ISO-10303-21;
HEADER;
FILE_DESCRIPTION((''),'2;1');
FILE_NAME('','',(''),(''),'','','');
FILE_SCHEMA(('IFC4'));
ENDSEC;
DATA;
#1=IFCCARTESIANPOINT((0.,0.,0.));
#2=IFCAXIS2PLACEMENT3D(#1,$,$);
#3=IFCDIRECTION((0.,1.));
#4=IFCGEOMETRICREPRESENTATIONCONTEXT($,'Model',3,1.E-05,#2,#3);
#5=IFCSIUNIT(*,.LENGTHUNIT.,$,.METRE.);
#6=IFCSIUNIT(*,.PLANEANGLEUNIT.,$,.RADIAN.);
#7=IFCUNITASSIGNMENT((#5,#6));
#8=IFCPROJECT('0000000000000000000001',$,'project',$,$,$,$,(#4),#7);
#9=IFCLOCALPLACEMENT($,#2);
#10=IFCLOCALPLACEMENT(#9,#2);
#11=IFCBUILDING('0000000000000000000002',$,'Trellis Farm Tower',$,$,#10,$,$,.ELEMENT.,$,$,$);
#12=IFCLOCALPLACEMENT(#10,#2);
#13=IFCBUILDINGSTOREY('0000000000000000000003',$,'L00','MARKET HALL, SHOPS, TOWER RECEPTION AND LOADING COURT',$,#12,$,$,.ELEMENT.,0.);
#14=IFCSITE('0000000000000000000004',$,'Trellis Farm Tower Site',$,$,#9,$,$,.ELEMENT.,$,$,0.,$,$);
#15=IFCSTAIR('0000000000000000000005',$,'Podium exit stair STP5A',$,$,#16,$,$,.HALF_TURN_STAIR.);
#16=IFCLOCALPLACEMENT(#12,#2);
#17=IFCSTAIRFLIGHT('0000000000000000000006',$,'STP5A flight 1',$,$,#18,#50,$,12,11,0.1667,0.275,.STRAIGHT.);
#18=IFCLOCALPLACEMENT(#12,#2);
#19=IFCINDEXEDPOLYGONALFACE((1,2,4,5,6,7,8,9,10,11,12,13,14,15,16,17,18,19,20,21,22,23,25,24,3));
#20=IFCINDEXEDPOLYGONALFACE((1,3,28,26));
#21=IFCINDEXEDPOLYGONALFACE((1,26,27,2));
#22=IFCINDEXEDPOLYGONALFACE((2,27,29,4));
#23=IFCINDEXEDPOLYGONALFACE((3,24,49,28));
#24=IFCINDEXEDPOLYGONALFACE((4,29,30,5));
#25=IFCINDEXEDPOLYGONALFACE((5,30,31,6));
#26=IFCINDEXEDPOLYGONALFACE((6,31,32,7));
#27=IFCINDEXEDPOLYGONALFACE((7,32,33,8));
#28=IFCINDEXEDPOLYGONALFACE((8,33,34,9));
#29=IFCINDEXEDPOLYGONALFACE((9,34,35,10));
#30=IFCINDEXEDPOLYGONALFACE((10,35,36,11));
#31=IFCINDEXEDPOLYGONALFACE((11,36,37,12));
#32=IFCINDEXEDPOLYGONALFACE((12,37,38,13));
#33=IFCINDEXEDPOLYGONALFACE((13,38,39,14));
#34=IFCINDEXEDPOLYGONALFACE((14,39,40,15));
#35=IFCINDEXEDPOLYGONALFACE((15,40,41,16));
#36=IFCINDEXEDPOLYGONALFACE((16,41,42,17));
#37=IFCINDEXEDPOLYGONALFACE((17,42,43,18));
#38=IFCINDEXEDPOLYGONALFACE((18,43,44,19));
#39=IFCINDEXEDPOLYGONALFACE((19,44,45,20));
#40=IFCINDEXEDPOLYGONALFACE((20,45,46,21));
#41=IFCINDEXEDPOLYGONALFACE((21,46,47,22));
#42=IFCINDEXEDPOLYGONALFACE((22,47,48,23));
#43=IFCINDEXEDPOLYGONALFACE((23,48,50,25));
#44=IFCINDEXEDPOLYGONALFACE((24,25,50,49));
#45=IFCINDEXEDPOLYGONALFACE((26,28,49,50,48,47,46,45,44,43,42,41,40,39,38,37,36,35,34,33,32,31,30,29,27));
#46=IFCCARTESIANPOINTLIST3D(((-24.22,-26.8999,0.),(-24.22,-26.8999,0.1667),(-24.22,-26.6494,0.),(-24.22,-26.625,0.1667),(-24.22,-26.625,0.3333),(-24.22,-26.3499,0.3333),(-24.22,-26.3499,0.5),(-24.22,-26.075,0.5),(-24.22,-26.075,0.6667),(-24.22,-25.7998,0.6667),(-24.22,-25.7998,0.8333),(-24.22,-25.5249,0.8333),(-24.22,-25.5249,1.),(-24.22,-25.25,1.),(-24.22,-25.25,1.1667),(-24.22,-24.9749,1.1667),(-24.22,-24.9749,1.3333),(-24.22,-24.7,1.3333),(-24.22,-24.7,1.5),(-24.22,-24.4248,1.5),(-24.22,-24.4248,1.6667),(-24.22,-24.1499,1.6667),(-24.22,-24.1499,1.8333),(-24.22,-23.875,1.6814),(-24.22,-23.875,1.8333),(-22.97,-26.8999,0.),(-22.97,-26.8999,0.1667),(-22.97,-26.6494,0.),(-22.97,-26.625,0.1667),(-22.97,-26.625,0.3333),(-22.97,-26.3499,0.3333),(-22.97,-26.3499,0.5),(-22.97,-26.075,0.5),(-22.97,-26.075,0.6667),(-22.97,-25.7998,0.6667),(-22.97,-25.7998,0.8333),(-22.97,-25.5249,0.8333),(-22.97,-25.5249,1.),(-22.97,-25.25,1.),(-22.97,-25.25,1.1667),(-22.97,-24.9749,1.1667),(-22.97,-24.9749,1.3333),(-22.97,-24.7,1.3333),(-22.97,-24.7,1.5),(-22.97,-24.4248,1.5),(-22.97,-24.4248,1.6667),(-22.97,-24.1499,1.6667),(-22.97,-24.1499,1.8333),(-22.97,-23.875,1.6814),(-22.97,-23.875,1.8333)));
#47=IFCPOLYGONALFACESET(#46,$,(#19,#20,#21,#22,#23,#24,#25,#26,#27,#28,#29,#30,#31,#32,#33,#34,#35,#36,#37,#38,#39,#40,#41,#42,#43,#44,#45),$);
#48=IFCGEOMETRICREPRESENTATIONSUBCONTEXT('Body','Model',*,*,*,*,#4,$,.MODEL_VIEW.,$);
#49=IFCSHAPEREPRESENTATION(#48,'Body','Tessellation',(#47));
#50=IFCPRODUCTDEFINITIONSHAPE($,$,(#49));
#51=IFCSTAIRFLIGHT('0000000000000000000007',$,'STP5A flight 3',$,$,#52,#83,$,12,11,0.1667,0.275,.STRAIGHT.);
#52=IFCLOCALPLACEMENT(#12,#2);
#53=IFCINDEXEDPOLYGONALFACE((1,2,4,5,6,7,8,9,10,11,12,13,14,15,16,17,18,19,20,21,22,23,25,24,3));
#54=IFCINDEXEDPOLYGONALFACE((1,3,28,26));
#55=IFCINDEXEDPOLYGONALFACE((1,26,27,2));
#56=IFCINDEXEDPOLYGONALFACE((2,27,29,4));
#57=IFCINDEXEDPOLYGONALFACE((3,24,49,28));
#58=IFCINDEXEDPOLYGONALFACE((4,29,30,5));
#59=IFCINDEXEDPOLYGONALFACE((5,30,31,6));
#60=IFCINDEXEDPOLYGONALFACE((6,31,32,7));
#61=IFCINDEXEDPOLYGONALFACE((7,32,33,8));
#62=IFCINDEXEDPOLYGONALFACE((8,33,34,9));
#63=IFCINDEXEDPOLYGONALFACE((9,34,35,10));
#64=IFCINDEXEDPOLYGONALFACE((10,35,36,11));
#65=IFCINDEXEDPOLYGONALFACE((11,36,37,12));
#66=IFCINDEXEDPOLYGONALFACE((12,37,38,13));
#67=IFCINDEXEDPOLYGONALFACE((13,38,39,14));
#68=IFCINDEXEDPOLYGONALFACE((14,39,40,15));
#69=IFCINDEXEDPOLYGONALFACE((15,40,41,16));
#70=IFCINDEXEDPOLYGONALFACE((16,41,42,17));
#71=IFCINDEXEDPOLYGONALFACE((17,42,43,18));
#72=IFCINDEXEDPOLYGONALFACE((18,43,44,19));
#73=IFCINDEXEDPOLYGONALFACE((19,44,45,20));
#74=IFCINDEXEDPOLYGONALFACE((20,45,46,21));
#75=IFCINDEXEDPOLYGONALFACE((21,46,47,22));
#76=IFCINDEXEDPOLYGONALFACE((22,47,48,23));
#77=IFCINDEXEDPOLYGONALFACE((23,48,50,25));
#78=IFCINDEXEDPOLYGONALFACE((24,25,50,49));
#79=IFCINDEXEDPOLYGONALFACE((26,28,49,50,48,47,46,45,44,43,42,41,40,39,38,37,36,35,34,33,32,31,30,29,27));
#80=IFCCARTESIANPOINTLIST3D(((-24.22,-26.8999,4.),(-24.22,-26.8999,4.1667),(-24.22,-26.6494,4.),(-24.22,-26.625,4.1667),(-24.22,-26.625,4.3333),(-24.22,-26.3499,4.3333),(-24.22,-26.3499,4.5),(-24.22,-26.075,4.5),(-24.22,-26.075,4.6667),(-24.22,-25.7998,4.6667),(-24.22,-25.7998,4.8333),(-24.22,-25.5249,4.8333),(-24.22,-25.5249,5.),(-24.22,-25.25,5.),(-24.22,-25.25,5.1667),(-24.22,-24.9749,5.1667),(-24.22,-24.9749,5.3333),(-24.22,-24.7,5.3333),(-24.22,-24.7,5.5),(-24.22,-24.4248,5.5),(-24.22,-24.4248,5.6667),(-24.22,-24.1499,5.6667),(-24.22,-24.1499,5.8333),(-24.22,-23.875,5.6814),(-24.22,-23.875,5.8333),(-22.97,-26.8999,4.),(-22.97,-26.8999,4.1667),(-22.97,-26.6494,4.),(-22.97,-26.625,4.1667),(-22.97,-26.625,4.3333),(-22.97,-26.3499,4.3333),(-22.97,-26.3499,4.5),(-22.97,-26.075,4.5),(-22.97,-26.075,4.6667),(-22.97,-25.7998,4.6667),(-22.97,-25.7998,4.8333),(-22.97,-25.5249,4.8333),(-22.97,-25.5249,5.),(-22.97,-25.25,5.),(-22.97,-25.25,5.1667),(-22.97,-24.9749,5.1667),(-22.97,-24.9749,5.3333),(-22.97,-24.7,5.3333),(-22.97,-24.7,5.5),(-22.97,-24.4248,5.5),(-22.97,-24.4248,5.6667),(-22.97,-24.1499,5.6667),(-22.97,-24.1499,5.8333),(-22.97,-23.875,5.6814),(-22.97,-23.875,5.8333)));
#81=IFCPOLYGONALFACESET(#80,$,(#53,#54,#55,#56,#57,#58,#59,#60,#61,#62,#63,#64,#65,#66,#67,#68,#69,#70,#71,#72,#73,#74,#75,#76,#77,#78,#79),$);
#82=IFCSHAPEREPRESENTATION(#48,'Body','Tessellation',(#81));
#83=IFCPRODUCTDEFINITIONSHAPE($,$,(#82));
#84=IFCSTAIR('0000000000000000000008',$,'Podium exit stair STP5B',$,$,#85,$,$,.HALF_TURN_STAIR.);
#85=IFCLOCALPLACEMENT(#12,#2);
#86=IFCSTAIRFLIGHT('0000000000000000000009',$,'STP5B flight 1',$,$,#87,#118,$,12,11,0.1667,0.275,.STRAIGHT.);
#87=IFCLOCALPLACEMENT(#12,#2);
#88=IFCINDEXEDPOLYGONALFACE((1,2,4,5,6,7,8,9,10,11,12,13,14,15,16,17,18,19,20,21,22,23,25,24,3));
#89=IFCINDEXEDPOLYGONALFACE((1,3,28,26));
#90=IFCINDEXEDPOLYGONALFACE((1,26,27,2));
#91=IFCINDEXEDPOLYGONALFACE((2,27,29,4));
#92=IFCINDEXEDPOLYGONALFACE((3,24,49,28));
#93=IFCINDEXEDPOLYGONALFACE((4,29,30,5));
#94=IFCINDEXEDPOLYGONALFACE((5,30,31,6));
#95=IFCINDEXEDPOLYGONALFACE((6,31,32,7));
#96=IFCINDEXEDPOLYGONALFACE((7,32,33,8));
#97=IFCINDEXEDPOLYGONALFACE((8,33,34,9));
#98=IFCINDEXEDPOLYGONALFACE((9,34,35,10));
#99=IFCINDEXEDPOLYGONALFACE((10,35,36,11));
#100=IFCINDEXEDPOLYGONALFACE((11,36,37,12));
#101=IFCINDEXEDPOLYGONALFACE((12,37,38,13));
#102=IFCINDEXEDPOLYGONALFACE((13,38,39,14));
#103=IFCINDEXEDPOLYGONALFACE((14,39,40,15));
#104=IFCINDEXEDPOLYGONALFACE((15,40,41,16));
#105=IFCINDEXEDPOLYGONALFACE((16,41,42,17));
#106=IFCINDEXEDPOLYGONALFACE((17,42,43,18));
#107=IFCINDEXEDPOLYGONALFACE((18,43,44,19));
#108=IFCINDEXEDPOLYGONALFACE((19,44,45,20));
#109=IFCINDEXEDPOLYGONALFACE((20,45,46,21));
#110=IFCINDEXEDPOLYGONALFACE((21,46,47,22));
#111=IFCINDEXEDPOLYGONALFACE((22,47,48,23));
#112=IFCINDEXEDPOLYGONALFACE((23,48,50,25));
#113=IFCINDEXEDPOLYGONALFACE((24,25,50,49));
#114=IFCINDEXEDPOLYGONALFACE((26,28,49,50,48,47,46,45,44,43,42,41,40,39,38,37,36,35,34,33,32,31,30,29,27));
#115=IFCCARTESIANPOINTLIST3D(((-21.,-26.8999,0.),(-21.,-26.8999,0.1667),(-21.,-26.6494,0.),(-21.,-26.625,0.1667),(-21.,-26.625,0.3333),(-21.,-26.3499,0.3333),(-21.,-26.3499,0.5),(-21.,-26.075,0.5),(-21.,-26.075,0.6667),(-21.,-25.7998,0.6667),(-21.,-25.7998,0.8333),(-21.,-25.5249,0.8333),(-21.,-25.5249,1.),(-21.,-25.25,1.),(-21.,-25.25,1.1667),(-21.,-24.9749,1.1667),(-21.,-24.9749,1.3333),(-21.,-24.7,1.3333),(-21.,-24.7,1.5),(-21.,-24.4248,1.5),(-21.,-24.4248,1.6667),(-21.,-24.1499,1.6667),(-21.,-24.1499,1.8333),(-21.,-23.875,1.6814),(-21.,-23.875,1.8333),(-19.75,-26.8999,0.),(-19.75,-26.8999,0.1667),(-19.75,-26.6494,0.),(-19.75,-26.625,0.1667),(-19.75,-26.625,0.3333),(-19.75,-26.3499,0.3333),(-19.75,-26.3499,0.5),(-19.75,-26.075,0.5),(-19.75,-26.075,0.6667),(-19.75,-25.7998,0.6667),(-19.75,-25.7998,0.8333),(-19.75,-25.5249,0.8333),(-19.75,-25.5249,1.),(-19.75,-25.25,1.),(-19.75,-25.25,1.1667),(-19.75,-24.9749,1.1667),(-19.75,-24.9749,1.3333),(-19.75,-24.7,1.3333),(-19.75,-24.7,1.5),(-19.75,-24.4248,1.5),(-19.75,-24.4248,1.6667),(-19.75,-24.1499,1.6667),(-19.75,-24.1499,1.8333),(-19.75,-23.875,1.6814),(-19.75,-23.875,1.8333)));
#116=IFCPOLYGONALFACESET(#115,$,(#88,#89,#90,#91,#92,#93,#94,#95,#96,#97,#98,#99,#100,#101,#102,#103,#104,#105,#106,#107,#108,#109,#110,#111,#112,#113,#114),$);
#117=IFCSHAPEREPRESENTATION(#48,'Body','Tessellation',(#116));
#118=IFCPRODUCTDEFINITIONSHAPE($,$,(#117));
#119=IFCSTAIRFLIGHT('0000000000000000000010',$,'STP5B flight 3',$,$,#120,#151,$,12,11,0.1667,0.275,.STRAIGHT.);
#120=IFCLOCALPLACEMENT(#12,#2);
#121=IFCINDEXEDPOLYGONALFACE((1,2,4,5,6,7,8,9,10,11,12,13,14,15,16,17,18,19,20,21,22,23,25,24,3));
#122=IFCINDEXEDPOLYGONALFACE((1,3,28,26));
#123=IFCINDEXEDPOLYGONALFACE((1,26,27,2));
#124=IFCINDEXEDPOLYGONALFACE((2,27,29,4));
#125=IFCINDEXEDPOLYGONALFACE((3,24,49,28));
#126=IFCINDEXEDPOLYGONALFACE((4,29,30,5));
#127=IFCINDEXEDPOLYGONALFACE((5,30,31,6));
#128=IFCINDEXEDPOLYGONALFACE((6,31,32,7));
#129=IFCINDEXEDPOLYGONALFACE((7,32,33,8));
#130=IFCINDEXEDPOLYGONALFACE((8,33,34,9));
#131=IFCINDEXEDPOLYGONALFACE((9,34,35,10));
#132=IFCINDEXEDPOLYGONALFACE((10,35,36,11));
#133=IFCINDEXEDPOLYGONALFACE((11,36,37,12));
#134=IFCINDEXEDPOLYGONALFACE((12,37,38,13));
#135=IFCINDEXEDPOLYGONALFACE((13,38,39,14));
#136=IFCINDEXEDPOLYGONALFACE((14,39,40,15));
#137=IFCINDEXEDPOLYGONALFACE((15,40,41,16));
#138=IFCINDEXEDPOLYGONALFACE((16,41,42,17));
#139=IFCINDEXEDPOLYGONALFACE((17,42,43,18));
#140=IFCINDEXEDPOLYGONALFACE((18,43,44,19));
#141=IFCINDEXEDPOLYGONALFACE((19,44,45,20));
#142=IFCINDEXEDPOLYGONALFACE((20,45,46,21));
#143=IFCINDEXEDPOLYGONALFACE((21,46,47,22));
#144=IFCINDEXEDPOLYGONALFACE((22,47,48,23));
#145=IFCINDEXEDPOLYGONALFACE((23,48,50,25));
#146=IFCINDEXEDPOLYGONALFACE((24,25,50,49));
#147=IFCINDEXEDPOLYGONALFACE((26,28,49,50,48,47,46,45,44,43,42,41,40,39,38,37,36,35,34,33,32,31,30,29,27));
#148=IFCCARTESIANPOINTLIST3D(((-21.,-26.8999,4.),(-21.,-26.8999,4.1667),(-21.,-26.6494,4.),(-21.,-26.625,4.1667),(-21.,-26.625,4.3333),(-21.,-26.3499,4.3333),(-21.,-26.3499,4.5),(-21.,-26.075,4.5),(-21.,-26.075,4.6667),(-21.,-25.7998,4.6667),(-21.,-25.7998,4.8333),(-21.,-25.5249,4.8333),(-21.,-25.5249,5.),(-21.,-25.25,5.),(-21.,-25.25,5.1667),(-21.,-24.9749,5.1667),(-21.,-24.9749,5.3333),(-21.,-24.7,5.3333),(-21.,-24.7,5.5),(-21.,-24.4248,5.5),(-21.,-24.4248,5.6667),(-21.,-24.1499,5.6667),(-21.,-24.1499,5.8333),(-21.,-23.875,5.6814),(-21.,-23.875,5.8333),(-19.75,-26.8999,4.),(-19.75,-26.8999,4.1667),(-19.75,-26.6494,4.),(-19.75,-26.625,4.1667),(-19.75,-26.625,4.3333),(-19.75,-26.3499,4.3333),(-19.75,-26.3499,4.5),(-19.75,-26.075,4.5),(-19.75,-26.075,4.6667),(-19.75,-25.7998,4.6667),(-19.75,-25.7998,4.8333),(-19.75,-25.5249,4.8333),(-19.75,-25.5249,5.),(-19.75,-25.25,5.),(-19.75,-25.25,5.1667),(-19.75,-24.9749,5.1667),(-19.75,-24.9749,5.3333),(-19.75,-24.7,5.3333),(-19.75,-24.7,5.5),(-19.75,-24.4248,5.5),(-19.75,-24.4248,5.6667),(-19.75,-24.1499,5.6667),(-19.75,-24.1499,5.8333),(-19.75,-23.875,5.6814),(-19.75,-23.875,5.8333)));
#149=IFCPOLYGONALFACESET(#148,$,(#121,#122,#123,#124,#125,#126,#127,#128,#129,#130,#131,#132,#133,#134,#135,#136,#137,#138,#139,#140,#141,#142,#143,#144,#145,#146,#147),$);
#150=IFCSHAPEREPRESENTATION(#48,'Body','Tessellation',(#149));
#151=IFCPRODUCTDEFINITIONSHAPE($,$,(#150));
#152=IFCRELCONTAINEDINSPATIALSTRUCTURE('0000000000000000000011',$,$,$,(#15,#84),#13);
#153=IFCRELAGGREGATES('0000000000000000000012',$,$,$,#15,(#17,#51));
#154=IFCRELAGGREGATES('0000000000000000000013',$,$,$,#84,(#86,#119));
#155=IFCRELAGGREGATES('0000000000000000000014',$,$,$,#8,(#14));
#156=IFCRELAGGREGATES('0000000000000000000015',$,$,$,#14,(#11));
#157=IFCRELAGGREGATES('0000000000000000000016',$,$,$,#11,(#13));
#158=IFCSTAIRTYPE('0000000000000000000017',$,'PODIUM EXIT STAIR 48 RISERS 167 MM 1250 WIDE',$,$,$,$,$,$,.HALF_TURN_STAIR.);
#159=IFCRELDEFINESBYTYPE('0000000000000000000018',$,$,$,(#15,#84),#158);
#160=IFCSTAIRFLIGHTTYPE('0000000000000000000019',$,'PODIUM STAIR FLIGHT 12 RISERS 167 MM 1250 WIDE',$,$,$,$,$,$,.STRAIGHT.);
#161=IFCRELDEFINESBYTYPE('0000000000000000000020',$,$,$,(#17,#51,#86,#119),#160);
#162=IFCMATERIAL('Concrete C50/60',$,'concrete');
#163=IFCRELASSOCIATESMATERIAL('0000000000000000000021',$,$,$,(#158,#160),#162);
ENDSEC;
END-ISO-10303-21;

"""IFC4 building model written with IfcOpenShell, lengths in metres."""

from ifc_helpers import new_model, si_unit, direction, frame, origin, place, context, subcontext, project, spatial, polyline, outline, extrude, source, transform, mapped, material, type_object, element, aggregate, save


model = new_model("IFC4")

# Units and contexts
model_context = context("Model", 3, precision=1e-05, world=origin(), true_north=direction((0.0, 1.0)))
body_context = subcontext(model_context, "Body", "Model", "MODEL_VIEW")
ifc_project = project(units=[si_unit("LENGTHUNIT", "METRE"), si_unit("PLANEANGLEUNIT", "RADIAN")], contexts=[model_context])

# Site, building, storey
site_placement = place(None, origin())
site = spatial("IfcSite", under=ifc_project, at=site_placement, Name="Trellis Farm Tower Site", CompositionType="ELEMENT", RefElevation=0.0)
building_placement = place(site_placement, origin())
building = spatial("IfcBuilding", under=site, at=building_placement, Name="Trellis Farm Tower", CompositionType="ELEMENT")
storey_placement = place(building_placement, origin())
storey = spatial("IfcBuildingStorey", under=building, at=storey_placement, Name="L00", Description="MARKET HALL, SHOPS, TOWER RECEPTION AND LOADING COURT", CompositionType="ELEMENT", Elevation=0.0)

# Stairs, stair flights
ifc_material_1 = material(Name="Concrete C50/60", Category="concrete")
stair_type = type_object("IfcStairType", Name="PODIUM EXIT STAIR 48 RISERS 167 MM 1250 WIDE", PredefinedType="HALF_TURN_STAIR", material=ifc_material_1)
placement = place(storey_placement, origin())
stair_1 = element("IfcStair", 1, at=placement, inside=storey, type_object=stair_type, Name="Podium exit stair STP5A", PredefinedType="HALF_TURN_STAIR")
stair_flight_type = type_object("IfcStairFlightType", Name="PODIUM STAIR FLIGHT 12 RISERS 167 MM 1250 WIDE", PredefinedType="STRAIGHT", material=ifc_material_1)
shared_shape_1 = source(origin(), body_context, "Body", "SweptSolid", [
    extrude(outline(polyline([(0.0, 0.0), (0.0, 0.1667), (0.2749, 0.1667), (0.2749, 0.3333), (0.55, 0.3333), (0.55, 0.5), (0.825, 0.5), (0.825, 0.6667), (1.1001, 0.6667), (1.1001, 0.8333), (1.375, 0.8333), (1.375, 1.0), (1.6499, 1.0), (1.6499, 1.1667), (1.925, 1.1667), (1.925, 1.3333), (2.2, 1.3333), (2.2, 1.5), (2.4751, 1.5), (2.4751, 1.6667), (2.75, 1.6667), (2.75, 1.8333), (3.0249, 1.8333), (3.0249, 2.0), (3.0249, 1.6814), (0.2505, 0.0), (0.0, 0.0)])), frame((0.0, 0.625, 0.0), z_axis=(0.0, -1.0, 0.0), x_axis=(1.0, 0.0, 0.0)), (0.0, 0.0, 1.0), 1.25),
])
stair_flight_1_placement = place(storey_placement, frame((-23.595, -26.8999, 0.0), z_axis=(0.0, 0.0, 1.0), x_axis=(0.0, 1.0, 0.0)))
stair_flight_1 = element("IfcStairFlight", 2, at=stair_flight_1_placement, type_object=stair_flight_type, Name="STP5A flight 1", NumberOfRisers=12, NumberOfTreads=11, PredefinedType="STRAIGHT", RiserHeight=0.1667, TreadLength=0.275, context=body_context, shape_type="MappedRepresentation", body=[
    mapped(shared_shape_1, transform((0.0, 0.0, 0.0))),
])
stair_flight_2_placement = place(storey_placement, frame((-23.595, -26.8999, 4.0), z_axis=(0.0, 0.0, 1.0), x_axis=(0.0, 1.0, 0.0)))
stair_flight_2 = element("IfcStairFlight", 3, at=stair_flight_2_placement, type_object=stair_flight_type, Name="STP5A flight 3", NumberOfRisers=12, NumberOfTreads=11, PredefinedType="STRAIGHT", RiserHeight=0.1667, TreadLength=0.275, context=body_context, shape_type="MappedRepresentation", body=[
    mapped(shared_shape_1, transform((0.0, 0.0, 0.0))),
])
aggregate(stair_1, [stair_flight_1, stair_flight_2])
stair_2 = element("IfcStair", 4, at=placement, inside=storey, type_object=stair_type, Name="Podium exit stair STP5B", PredefinedType="HALF_TURN_STAIR")
stair_flight_3_placement = place(storey_placement, frame((-20.375, -26.8999, 0.0), z_axis=(0.0, 0.0, 1.0), x_axis=(0.0, 1.0, 0.0)))
stair_flight_3 = element("IfcStairFlight", 5, at=stair_flight_3_placement, type_object=stair_flight_type, Name="STP5B flight 1", NumberOfRisers=12, NumberOfTreads=11, PredefinedType="STRAIGHT", RiserHeight=0.1667, TreadLength=0.275, context=body_context, shape_type="MappedRepresentation", body=[
    mapped(shared_shape_1, transform((0.0, 0.0, 0.0))),
])
stair_flight_4_placement = place(storey_placement, frame((-20.375, -26.8999, 4.0), z_axis=(0.0, 0.0, 1.0), x_axis=(0.0, 1.0, 0.0)))
stair_flight_4 = element("IfcStairFlight", 6, at=stair_flight_4_placement, type_object=stair_flight_type, Name="STP5B flight 3", NumberOfRisers=12, NumberOfTreads=11, PredefinedType="STRAIGHT", RiserHeight=0.1667, TreadLength=0.275, context=body_context, shape_type="MappedRepresentation", body=[
    mapped(shared_shape_1, transform((0.0, 0.0, 0.0))),
])
aggregate(stair_2, [stair_flight_3, stair_flight_4])

save(model, "model.ifc")
